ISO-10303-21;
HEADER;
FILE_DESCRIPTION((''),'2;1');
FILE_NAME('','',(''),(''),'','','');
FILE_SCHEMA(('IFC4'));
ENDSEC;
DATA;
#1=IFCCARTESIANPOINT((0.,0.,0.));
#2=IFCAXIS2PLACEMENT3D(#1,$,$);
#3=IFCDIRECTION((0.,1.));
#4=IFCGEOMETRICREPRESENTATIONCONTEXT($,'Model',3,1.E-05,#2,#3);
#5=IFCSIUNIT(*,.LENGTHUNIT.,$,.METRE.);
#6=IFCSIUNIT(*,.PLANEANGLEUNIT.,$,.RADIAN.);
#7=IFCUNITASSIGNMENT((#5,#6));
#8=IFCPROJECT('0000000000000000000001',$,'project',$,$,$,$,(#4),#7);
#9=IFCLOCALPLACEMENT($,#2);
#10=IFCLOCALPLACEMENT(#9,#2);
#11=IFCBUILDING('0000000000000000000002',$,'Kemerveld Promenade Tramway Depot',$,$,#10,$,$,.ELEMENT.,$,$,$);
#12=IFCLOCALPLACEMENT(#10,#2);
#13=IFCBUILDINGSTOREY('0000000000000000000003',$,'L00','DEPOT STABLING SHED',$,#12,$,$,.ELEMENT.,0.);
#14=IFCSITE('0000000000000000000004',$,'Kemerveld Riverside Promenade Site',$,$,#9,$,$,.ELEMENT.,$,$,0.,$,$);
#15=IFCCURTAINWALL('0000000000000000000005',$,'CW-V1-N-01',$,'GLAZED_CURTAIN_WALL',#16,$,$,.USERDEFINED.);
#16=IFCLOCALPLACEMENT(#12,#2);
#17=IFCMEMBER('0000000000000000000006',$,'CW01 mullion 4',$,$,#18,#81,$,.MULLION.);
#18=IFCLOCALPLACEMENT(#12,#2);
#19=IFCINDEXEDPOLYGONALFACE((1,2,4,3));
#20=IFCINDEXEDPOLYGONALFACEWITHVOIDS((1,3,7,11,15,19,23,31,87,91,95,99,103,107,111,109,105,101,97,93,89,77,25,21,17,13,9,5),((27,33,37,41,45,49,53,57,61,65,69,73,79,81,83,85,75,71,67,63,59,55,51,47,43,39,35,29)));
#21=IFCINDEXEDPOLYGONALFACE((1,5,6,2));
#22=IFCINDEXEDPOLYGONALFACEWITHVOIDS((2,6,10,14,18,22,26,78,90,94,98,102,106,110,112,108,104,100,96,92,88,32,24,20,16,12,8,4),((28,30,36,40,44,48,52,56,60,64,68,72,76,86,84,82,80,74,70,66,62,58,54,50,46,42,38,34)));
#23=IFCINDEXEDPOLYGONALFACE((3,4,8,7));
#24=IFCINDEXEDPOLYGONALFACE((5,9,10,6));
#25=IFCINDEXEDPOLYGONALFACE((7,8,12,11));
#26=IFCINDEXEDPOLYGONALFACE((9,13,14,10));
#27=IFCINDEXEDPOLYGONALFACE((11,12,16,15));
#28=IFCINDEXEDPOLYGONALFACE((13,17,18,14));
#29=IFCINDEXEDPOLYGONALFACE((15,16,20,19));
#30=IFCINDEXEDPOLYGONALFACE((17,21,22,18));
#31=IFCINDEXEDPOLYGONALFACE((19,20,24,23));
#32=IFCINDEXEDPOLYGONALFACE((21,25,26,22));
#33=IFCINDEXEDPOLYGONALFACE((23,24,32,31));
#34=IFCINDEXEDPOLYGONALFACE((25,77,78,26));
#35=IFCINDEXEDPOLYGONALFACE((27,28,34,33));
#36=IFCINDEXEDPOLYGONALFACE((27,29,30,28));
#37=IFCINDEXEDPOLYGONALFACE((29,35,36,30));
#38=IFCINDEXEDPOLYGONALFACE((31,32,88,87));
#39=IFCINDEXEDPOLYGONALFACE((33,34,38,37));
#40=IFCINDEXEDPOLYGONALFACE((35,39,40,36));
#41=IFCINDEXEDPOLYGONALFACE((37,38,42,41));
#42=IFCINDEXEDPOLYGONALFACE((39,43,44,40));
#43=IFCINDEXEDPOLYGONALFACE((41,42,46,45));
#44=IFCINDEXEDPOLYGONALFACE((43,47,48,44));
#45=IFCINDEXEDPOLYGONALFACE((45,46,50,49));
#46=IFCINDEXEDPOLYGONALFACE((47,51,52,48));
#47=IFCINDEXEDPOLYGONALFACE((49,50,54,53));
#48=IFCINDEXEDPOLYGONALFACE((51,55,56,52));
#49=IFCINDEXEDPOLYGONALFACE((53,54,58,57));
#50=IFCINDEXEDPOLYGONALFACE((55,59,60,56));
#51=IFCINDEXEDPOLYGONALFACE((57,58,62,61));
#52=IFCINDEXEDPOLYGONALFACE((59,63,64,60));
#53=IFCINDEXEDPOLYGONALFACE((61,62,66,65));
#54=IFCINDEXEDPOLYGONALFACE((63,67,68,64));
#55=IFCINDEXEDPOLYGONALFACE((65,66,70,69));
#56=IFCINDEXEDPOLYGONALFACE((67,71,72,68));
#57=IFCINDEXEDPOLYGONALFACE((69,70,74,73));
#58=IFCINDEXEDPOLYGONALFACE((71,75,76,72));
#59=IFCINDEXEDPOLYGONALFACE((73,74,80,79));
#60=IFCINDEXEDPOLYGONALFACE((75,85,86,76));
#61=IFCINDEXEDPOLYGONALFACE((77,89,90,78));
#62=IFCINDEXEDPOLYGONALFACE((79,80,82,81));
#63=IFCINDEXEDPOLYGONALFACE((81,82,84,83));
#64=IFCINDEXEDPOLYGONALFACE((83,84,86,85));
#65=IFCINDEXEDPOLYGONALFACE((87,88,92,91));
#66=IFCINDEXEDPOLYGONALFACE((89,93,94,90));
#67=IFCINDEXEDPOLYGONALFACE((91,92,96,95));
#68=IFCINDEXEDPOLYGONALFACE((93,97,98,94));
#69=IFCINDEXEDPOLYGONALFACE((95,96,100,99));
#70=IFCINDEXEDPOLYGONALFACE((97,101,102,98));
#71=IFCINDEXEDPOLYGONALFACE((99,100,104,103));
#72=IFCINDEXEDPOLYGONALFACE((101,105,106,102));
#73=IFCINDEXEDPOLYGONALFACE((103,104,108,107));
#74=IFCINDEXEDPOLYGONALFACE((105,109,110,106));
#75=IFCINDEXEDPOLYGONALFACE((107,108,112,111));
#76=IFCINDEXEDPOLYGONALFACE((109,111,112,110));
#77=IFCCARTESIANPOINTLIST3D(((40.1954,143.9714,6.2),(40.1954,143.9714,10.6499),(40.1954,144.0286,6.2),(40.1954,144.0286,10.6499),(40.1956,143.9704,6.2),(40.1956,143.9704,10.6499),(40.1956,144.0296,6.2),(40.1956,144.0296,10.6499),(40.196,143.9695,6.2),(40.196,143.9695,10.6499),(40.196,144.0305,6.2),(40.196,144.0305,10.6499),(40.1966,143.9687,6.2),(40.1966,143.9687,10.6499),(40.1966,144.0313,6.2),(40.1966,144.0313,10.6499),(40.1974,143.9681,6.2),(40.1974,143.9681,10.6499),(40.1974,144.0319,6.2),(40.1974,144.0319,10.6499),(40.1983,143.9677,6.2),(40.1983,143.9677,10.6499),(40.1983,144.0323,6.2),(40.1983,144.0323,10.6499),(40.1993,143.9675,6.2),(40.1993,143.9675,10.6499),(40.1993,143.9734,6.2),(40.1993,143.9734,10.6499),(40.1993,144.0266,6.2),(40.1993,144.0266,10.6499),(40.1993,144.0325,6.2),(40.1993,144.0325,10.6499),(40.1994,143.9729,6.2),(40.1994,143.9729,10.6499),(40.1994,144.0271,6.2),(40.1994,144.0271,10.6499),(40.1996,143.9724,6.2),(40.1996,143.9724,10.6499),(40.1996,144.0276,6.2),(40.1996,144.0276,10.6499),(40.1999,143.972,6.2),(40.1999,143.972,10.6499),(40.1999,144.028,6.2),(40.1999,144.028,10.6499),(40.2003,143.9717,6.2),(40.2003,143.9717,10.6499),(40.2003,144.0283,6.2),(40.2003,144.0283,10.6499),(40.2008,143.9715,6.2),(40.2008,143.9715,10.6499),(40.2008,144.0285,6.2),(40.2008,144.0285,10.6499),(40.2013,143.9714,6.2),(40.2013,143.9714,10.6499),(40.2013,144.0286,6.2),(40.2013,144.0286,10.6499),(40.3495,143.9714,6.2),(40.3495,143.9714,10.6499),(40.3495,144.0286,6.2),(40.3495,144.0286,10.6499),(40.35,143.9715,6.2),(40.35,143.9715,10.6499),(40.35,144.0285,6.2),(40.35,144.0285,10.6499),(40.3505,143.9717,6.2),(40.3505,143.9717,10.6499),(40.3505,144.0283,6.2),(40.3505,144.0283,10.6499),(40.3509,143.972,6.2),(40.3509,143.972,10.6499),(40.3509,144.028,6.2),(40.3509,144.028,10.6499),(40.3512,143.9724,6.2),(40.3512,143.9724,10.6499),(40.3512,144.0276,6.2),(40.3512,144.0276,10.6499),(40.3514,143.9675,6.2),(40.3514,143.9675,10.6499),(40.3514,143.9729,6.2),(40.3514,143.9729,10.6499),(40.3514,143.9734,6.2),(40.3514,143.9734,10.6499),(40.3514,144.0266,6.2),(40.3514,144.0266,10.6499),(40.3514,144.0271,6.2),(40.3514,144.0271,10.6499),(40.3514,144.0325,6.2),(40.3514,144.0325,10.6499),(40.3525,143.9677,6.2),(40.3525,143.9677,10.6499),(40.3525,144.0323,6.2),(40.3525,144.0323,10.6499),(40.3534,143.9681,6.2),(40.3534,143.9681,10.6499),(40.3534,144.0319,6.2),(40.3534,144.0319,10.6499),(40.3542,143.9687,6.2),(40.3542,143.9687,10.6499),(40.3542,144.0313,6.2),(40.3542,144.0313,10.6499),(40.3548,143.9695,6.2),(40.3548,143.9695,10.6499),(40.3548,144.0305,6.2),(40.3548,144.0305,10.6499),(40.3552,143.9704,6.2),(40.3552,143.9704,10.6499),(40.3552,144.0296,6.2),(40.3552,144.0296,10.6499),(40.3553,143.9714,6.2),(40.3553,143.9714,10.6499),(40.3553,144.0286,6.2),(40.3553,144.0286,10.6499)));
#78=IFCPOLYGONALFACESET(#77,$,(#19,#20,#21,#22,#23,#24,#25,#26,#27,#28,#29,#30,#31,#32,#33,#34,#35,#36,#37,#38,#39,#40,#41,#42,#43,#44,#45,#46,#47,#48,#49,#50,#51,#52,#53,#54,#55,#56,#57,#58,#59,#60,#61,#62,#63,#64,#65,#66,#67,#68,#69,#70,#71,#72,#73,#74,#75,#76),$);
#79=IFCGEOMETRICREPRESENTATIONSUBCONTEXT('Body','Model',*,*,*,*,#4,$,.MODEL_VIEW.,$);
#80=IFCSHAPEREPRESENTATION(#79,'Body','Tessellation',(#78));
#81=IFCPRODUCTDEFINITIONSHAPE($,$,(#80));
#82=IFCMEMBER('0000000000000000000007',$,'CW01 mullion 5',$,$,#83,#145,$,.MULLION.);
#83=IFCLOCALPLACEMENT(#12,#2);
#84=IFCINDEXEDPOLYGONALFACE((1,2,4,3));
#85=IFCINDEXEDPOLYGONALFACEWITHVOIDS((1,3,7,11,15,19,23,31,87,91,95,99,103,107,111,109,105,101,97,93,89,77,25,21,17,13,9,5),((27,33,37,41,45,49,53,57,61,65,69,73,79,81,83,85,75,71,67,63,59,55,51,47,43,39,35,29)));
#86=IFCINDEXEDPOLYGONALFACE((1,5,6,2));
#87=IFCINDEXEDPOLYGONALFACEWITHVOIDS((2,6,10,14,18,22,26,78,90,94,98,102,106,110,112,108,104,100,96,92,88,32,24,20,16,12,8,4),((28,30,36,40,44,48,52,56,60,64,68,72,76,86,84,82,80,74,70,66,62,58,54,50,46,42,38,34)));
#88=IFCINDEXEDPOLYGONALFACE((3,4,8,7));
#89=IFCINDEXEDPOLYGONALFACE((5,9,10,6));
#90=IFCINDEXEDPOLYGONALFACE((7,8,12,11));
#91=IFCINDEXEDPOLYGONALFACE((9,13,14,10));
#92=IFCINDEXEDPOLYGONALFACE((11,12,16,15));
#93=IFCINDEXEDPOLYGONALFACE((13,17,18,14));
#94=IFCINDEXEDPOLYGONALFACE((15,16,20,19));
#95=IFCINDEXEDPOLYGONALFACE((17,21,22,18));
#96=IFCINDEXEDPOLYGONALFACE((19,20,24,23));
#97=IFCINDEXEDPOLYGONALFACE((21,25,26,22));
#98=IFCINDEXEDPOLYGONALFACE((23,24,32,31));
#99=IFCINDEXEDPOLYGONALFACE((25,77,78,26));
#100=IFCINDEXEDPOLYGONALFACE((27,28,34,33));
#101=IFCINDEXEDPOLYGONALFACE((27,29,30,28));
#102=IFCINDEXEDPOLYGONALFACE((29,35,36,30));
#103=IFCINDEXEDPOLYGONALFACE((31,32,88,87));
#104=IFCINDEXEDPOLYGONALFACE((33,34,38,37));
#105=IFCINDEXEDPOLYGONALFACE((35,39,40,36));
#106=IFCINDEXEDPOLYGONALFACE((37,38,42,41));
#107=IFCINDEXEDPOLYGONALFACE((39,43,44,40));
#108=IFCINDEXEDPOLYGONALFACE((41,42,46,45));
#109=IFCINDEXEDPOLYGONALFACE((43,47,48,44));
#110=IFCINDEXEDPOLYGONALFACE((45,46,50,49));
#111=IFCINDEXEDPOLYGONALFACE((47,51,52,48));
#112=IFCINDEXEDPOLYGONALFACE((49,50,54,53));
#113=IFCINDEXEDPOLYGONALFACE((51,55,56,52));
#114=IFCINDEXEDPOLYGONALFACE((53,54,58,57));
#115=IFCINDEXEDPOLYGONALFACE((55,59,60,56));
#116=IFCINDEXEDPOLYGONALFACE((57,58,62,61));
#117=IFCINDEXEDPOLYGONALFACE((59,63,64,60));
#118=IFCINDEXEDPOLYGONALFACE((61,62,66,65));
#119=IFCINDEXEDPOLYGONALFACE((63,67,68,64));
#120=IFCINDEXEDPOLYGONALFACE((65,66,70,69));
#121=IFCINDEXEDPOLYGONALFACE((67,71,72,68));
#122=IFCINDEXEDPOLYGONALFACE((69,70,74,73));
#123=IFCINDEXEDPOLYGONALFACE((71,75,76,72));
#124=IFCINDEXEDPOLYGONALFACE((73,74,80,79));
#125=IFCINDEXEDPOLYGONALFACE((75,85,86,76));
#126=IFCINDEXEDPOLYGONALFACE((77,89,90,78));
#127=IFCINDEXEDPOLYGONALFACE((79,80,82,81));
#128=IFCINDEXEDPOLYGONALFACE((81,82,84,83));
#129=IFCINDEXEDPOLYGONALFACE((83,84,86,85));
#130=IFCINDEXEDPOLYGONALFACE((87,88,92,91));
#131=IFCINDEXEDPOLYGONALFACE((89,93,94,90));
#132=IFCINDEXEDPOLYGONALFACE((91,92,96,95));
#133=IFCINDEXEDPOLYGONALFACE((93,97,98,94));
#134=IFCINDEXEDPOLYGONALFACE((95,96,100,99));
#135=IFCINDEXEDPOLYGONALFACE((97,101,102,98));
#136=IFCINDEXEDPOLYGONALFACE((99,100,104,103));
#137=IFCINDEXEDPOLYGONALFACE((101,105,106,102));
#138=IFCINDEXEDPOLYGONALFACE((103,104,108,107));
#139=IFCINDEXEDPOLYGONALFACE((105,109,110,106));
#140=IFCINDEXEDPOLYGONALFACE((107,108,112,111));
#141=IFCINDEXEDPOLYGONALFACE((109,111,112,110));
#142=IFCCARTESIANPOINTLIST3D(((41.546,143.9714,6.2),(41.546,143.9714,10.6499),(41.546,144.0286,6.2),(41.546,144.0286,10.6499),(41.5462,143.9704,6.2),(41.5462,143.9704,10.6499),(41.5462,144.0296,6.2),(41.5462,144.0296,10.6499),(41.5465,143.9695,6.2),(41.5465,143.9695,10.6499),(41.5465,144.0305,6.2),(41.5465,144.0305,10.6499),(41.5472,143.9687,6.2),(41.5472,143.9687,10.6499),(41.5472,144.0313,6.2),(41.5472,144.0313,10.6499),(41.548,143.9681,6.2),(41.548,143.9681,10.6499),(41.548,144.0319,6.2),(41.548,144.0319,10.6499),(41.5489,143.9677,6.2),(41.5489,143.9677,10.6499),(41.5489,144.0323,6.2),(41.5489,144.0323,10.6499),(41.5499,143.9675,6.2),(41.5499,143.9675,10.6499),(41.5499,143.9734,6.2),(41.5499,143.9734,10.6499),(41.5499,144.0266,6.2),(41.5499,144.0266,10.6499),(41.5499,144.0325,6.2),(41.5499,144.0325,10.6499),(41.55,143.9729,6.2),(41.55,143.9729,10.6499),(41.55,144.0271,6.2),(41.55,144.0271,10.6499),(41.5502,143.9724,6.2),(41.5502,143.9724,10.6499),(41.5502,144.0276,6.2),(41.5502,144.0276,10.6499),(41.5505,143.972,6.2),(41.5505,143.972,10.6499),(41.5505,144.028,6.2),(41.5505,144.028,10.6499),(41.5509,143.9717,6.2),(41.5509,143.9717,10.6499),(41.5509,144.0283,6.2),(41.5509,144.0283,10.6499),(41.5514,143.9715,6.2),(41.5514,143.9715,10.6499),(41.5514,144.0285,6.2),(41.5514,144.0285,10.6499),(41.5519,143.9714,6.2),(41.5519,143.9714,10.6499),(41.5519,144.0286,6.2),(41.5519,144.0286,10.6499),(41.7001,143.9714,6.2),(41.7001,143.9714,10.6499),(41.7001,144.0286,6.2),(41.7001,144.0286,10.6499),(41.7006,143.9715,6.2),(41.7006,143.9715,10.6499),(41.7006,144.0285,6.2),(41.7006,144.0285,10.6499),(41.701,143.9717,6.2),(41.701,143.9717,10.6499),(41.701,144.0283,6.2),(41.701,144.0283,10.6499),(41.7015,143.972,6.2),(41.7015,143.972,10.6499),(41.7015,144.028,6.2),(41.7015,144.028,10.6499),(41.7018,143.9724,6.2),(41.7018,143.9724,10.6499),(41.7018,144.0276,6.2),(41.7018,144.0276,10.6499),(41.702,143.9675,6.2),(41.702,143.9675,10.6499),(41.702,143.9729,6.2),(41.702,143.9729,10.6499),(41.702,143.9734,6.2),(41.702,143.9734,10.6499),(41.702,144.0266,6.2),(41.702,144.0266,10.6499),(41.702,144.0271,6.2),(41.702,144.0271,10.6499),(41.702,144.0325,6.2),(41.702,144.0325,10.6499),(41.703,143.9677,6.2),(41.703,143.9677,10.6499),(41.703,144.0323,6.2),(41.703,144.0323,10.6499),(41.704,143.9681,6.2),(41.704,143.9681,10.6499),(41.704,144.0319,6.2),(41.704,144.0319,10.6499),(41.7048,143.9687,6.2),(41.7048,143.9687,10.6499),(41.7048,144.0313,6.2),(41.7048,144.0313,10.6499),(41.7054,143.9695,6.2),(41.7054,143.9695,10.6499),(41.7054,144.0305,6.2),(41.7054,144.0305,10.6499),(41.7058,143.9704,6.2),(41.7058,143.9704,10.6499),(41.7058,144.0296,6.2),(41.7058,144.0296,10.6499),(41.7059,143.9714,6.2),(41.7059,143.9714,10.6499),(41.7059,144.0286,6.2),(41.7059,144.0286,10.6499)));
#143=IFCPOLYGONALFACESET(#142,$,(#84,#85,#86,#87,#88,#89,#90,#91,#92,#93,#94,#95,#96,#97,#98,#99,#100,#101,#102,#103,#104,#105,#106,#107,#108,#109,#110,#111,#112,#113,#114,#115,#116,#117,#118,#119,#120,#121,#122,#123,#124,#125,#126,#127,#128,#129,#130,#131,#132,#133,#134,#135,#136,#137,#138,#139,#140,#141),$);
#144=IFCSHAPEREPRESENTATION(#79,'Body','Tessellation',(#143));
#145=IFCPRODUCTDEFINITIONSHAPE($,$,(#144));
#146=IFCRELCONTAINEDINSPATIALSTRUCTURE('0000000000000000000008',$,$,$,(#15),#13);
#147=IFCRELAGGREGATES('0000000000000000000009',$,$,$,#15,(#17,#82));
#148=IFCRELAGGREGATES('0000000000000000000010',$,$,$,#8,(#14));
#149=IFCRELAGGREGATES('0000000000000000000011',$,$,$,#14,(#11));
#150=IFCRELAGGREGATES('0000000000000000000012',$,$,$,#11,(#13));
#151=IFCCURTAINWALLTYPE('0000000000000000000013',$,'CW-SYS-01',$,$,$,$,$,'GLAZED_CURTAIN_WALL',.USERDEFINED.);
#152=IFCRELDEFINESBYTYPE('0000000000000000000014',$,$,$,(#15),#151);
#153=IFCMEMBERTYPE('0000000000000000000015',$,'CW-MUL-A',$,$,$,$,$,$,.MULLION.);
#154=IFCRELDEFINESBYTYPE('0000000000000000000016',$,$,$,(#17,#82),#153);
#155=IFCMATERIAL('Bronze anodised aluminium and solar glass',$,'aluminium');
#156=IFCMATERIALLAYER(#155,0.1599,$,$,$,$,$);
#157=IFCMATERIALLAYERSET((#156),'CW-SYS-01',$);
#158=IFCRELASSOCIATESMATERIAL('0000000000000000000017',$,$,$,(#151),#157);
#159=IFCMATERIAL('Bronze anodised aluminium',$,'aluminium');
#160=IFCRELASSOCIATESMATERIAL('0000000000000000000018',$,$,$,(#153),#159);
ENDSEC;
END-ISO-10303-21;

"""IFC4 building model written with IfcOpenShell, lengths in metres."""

from ifc_helpers import new_model, si_unit, direction, frame, origin, origin_2d, place, context, subcontext, project, spatial, hollow_rectangle, extrude, material, layer, layer_set, material_profile, profile_set, type_object, element, aggregate, save


model = new_model("IFC4")

# Units and contexts
model_context = context("Model", 3, precision=1e-05, world=origin(), true_north=direction((0.0, 1.0)))
body_context = subcontext(model_context, "Body", "Model", "MODEL_VIEW")
ifc_project = project(units=[si_unit("LENGTHUNIT", "METRE"), si_unit("PLANEANGLEUNIT", "RADIAN")], contexts=[model_context])

# Site, building, storey
site_placement = place(None, origin())
site = spatial("IfcSite", under=ifc_project, at=site_placement, Name="Kemerveld Riverside Promenade Site", CompositionType="ELEMENT", RefElevation=0.0)
building_placement = place(site_placement, origin())
building = spatial("IfcBuilding", under=site, at=building_placement, Name="Kemerveld Promenade Tramway Depot", CompositionType="ELEMENT")
storey_placement = place(building_placement, origin())
storey = spatial("IfcBuildingStorey", under=building, at=storey_placement, Name="L00", Description="DEPOT STABLING SHED", CompositionType="ELEMENT", Elevation=0.0)

# Curtain wall, members
ifc_material_1 = material(Name="Bronze anodised aluminium and solar glass", Category="aluminium")
ifc_layer_1 = layer(ifc_material_1, 0.1599)
ifc_layer_set_1 = layer_set([ifc_layer_1], Name="CW-SYS-01")
curtain_wall_type_1 = type_object("IfcCurtainWallType", Name="CW-SYS-01", ElementType="GLAZED_CURTAIN_WALL", PredefinedType="USERDEFINED", material=ifc_layer_set_1)
curtain_wall_1_placement = place(storey_placement, origin())
curtain_wall_1 = element("IfcCurtainWall", 1, at=curtain_wall_1_placement, inside=storey, type_object=curtain_wall_type_1, Name="CW-V1-N-01", ObjectType="GLAZED_CURTAIN_WALL", PredefinedType="USERDEFINED")
ifc_material_2 = material(Name="Bronze anodised aluminium", Category="aluminium")
ifc_material_profile_1 = material_profile(ifc_material_2, hollow_rectangle(XDim=0.0649, YDim=0.1599, WallThickness=0.0039, InnerFilletRadius=0.002, OuterFilletRadius=0.0039, at=origin_2d()), Name="CW-MUL-160x65")
ifc_profile_set_1 = profile_set([ifc_material_profile_1], Name="Bronze anodised aluminium")
member_type_1 = type_object("IfcMemberType", Name="CW-MUL-A", PredefinedType="MULLION", material=ifc_profile_set_1)
member_1_placement = place(storey_placement, frame((40.2754, 144.0, 6.2), z_axis=(0.0, 0.0, 1.0), x_axis=(0.0, 1.0, 0.0)))
member_1 = element("IfcMember", 2, at=member_1_placement, type_object=member_type_1, Name="CW01 mullion 4", PredefinedType="MULLION", context=body_context, shape_type="SweptSolid", body=[
    extrude(hollow_rectangle(XDim=0.0649, YDim=0.1599, WallThickness=0.0039, InnerFilletRadius=0.002, OuterFilletRadius=0.0039, at=origin_2d()), origin(), (0.0, 0.0, 1.0), 4.45),
])
member_2_placement = place(storey_placement, frame((41.626, 144.0, 6.2), z_axis=(0.0, 0.0, 1.0), x_axis=(0.0, 1.0, 0.0)))
member_2 = element("IfcMember", 3, at=member_2_placement, type_object=member_type_1, Name="CW01 mullion 5", PredefinedType="MULLION", context=body_context, shape_type="SweptSolid", body=[
    extrude(hollow_rectangle(XDim=0.0649, YDim=0.1599, WallThickness=0.0039, InnerFilletRadius=0.002, OuterFilletRadius=0.0039, at=origin_2d()), origin(), (0.0, 0.0, 1.0), 4.45),
])

aggregate(curtain_wall_1, [member_1, member_2])

save(model, "model.ifc")
